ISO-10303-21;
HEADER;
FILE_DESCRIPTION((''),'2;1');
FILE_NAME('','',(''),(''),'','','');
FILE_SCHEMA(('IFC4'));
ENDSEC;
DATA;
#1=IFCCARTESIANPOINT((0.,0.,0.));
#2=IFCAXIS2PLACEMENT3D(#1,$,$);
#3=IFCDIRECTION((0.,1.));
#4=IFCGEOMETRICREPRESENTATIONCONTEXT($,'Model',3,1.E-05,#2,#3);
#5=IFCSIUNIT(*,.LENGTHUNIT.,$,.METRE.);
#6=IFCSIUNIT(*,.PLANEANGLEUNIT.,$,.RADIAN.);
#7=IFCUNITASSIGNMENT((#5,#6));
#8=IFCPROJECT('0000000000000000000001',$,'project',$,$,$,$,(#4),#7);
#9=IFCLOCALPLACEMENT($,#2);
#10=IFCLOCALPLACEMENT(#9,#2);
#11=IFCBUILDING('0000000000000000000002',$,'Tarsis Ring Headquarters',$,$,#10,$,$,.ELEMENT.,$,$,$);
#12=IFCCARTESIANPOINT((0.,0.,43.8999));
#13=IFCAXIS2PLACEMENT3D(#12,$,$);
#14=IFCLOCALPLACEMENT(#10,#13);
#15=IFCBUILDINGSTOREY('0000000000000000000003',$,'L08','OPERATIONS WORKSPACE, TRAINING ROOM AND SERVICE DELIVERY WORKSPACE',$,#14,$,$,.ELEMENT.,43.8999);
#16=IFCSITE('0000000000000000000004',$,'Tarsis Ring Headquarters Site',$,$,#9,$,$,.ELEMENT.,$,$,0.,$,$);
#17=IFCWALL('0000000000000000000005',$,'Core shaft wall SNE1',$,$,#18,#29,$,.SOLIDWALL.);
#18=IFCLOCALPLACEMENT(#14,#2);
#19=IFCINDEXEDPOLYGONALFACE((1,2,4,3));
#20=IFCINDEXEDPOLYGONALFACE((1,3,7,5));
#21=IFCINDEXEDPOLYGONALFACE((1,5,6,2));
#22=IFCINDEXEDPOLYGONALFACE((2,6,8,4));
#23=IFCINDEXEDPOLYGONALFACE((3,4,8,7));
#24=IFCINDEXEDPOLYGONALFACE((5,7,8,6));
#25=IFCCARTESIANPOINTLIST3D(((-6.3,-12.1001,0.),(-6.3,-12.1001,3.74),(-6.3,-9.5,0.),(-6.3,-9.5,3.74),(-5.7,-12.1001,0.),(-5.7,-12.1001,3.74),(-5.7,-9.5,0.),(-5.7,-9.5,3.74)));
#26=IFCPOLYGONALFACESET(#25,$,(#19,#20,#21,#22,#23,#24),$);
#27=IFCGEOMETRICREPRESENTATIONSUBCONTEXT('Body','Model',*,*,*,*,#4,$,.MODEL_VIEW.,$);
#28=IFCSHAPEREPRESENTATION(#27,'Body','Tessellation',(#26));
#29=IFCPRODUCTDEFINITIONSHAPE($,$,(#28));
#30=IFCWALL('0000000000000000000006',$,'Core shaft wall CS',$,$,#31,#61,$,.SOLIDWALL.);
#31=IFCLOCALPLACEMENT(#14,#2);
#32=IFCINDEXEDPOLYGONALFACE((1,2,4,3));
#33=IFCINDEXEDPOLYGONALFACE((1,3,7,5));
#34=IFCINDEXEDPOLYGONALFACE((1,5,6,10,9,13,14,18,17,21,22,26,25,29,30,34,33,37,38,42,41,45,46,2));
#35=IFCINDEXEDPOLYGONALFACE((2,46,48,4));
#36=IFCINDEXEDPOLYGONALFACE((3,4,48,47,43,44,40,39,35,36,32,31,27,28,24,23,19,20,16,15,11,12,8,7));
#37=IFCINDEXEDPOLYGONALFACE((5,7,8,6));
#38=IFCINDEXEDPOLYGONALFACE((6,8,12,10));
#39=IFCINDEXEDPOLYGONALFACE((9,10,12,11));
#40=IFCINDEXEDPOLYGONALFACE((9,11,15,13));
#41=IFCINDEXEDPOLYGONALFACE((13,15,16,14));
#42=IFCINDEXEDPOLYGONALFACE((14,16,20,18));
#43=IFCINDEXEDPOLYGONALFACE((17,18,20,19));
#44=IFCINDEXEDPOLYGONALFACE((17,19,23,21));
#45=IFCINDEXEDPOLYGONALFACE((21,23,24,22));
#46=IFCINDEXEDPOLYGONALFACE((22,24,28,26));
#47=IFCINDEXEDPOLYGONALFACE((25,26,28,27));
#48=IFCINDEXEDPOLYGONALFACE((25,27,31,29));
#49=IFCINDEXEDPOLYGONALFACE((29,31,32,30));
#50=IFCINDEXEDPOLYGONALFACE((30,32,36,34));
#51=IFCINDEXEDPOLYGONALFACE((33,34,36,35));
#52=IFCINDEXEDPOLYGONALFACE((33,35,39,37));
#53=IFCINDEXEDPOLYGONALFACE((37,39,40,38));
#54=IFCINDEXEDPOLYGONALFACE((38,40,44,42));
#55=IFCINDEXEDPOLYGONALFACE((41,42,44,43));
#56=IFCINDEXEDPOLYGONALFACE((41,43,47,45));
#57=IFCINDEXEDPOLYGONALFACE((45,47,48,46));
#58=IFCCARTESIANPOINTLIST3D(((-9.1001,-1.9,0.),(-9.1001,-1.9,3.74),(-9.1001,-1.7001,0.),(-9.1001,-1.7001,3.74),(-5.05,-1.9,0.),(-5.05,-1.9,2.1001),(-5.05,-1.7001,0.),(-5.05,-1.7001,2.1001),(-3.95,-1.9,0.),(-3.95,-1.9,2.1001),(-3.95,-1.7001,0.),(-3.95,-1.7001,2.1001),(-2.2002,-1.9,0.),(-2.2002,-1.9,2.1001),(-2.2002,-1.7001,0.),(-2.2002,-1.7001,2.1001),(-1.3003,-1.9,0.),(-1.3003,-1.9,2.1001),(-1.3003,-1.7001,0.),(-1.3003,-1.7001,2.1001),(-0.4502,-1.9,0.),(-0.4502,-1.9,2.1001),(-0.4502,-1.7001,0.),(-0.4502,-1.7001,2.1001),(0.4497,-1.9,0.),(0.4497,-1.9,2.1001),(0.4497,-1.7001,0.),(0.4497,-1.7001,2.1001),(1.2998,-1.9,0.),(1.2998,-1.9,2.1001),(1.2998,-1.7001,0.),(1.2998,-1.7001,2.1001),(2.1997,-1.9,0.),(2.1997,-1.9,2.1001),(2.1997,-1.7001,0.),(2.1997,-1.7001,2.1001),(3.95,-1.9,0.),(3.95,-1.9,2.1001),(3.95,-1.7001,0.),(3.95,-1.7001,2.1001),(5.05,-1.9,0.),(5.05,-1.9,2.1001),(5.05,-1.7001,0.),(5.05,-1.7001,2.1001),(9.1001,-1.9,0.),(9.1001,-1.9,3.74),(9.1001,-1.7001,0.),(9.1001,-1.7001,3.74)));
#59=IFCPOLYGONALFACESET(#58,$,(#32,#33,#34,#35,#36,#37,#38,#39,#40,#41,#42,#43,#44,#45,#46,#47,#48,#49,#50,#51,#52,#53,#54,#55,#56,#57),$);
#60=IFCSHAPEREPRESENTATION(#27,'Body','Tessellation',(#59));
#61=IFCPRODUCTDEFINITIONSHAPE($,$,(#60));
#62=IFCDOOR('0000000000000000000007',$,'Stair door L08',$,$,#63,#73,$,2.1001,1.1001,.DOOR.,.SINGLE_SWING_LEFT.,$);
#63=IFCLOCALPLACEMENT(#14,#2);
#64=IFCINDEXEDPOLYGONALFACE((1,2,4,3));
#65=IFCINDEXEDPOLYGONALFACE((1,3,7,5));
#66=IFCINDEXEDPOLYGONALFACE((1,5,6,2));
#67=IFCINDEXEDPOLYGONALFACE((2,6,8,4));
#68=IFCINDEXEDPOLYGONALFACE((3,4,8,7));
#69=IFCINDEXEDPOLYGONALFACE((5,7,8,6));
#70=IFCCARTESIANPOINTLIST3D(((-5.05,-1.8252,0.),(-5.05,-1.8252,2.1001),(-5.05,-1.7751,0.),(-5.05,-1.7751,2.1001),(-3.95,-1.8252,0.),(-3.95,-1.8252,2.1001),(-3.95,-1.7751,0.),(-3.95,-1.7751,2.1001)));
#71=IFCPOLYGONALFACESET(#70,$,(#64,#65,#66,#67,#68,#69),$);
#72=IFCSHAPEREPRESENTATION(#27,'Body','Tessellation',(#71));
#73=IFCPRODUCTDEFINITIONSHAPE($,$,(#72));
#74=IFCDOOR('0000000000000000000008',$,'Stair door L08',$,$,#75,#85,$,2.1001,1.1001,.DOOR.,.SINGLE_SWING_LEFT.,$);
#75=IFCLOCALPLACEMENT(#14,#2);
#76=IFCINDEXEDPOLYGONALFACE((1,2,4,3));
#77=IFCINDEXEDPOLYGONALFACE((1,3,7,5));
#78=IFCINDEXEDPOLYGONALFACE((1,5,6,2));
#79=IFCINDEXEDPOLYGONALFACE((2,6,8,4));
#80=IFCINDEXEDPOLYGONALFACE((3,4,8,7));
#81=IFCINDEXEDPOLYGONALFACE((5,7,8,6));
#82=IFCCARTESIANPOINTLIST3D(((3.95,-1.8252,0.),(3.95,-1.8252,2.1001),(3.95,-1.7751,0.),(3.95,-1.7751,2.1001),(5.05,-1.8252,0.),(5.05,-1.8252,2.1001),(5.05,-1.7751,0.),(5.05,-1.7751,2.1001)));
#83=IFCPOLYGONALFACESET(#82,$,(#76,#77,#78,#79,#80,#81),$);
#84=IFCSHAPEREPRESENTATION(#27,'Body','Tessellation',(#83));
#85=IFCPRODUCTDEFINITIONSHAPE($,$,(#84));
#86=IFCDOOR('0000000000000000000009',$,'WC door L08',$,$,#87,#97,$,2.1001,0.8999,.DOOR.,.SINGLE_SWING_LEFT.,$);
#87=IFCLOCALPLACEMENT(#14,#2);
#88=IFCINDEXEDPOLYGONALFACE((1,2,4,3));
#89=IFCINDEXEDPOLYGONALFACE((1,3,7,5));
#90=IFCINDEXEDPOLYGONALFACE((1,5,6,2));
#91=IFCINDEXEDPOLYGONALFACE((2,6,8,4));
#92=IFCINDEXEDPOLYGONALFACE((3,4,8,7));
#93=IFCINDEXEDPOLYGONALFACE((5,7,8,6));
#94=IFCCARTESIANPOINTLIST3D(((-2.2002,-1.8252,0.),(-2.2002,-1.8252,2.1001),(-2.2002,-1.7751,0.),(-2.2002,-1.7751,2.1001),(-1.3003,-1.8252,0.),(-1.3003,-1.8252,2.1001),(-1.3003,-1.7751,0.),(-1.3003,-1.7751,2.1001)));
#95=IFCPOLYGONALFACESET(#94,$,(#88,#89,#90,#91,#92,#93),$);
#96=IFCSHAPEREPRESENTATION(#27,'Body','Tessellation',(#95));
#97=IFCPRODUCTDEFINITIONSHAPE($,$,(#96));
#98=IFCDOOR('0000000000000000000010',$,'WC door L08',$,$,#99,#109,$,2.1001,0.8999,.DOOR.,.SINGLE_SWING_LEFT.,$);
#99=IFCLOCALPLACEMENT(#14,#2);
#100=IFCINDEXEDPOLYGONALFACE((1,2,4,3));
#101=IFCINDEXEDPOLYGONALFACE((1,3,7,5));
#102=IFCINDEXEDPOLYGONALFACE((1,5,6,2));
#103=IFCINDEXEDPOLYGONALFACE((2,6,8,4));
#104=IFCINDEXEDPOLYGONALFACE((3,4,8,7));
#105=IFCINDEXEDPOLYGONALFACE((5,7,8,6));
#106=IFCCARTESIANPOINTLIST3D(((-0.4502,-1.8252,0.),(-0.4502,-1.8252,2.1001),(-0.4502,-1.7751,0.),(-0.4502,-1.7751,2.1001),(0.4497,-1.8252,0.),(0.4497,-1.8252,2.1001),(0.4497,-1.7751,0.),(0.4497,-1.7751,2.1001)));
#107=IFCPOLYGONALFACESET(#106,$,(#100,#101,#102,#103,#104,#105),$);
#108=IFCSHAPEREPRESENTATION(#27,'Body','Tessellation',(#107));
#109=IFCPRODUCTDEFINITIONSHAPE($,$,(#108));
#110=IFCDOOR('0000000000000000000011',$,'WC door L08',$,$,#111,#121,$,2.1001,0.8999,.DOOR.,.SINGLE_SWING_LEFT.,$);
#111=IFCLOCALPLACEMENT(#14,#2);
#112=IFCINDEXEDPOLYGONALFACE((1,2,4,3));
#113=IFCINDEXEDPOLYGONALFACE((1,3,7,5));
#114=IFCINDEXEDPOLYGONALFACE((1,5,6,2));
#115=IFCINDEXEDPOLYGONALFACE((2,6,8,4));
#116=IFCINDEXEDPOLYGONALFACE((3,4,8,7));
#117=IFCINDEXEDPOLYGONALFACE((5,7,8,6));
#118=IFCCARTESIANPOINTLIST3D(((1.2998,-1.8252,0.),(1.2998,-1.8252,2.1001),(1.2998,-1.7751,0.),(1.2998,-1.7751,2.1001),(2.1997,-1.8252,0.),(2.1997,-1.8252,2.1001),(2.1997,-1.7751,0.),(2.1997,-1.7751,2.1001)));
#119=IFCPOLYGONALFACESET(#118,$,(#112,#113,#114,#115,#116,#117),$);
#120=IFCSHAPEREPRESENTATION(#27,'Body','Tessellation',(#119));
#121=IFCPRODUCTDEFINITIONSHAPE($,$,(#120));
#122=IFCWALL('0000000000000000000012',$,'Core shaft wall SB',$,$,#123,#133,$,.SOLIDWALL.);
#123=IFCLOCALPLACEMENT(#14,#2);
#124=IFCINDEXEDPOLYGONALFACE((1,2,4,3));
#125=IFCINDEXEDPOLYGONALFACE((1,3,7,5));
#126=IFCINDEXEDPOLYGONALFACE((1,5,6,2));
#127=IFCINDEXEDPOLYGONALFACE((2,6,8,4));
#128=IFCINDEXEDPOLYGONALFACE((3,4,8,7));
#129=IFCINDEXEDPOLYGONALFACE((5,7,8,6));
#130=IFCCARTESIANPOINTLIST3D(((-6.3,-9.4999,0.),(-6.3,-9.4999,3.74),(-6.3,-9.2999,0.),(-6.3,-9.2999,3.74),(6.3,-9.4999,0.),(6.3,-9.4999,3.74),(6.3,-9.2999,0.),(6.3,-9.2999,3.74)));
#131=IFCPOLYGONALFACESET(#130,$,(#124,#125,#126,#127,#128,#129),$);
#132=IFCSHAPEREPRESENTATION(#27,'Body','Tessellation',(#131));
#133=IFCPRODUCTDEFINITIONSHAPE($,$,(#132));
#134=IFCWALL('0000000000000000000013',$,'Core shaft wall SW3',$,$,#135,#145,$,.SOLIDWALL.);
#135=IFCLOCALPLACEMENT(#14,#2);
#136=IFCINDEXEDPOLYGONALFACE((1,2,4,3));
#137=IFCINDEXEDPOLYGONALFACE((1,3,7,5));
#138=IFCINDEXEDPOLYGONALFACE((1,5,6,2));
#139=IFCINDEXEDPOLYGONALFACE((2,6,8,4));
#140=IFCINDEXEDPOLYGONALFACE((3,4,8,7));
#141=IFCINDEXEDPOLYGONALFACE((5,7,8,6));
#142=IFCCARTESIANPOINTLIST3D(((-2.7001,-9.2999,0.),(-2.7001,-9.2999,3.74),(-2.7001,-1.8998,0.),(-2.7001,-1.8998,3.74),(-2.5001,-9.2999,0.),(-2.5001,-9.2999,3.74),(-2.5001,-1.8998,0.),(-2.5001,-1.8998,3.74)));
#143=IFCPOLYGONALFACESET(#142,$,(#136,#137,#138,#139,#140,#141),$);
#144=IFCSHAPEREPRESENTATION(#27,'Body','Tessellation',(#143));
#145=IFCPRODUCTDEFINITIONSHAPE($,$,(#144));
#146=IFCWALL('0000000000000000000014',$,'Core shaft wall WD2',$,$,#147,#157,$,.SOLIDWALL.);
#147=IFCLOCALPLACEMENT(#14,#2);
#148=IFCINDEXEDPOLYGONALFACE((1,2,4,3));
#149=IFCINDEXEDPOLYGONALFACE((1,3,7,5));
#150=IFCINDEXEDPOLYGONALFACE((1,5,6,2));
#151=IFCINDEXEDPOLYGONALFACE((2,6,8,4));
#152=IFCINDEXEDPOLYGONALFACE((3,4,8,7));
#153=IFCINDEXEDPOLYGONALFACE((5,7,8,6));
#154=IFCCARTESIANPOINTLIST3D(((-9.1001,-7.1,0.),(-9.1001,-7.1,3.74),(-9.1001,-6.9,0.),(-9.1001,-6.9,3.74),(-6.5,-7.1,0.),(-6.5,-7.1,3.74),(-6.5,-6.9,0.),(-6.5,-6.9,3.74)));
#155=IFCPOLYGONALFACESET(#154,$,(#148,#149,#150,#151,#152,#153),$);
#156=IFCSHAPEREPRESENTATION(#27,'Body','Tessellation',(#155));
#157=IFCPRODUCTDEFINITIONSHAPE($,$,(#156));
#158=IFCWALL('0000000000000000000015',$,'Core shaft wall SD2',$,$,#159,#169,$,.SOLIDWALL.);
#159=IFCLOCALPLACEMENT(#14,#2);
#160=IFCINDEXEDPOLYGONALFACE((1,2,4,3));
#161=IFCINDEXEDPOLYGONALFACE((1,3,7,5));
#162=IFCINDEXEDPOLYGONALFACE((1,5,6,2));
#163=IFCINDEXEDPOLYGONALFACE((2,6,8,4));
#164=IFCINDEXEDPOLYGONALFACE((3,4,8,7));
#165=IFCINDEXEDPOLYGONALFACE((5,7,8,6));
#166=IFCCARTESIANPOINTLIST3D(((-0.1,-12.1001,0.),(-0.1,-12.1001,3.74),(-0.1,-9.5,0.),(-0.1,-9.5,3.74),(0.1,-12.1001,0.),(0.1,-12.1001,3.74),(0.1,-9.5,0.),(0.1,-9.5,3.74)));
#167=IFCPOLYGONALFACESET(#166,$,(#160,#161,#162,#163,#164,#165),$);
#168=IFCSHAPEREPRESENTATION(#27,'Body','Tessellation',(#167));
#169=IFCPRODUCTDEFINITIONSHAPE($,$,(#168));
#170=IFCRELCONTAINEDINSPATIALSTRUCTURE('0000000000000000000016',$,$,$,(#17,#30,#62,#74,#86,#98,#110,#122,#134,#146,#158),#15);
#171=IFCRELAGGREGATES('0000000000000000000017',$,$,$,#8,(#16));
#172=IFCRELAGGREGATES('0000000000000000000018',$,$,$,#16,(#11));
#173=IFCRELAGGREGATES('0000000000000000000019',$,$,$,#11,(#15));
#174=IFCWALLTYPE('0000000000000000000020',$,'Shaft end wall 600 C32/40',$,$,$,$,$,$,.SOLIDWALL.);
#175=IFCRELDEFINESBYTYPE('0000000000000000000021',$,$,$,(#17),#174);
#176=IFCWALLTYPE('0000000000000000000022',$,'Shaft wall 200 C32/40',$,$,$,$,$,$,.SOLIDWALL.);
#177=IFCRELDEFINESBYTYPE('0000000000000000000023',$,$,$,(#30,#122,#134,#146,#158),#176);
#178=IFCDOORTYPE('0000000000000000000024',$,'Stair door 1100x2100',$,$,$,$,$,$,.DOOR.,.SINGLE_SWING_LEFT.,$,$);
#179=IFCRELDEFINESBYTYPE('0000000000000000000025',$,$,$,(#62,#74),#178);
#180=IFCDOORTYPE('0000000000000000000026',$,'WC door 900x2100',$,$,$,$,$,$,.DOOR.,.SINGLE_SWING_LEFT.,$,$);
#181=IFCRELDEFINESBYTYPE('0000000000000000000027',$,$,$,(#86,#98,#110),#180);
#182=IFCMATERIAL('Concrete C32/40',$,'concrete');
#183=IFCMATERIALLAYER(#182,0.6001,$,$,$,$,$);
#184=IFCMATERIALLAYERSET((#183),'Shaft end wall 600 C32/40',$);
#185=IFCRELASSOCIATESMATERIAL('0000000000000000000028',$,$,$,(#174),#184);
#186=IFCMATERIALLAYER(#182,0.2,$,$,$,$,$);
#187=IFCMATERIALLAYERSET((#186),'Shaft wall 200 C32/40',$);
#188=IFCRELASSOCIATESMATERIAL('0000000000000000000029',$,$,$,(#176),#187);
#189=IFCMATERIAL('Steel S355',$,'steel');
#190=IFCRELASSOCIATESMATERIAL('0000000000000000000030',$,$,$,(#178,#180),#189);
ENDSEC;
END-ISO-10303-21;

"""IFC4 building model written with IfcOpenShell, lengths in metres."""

from ifc_helpers import new_model, si_unit, direction, frame, frame_2d, origin, place, context, subcontext, project, spatial, rectangle, extrude, material, layer, layer_set, type_object, element, fill, save


model = new_model("IFC4")

# Units and contexts
model_context = context("Model", 3, precision=1e-05, world=origin(), true_north=direction((0.0, 1.0)))
body_context = subcontext(model_context, "Body", "Model", "MODEL_VIEW")
ifc_project = project(units=[si_unit("LENGTHUNIT", "METRE"), si_unit("PLANEANGLEUNIT", "RADIAN")], contexts=[model_context])

# Site, building, storey
site_placement = place(None, origin())
site = spatial("IfcSite", under=ifc_project, at=site_placement, Name="Tarsis Ring Headquarters Site", CompositionType="ELEMENT", RefElevation=0.0)
building_placement = place(site_placement, origin())
building = spatial("IfcBuilding", under=site, at=building_placement, Name="Tarsis Ring Headquarters", CompositionType="ELEMENT")
storey_placement = place(building_placement, frame((0.0, 0.0, 43.8999)))
storey = spatial("IfcBuildingStorey", under=building, at=storey_placement, Name="L08", Description="OPERATIONS WORKSPACE, TRAINING ROOM AND SERVICE DELIVERY WORKSPACE", CompositionType="ELEMENT", Elevation=43.8999)

# Wall
ifc_material_1 = material(Name="Concrete C32/40", Category="concrete")
ifc_layer_1 = layer(ifc_material_1, 0.6001)
ifc_layer_set_1 = layer_set([ifc_layer_1], Name="Shaft end wall 600 C32/40")
wall_type_1 = type_object("IfcWallType", Name="Shaft end wall 600 C32/40", PredefinedType="SOLIDWALL", material=ifc_layer_set_1)
wall_1_placement = place(storey_placement, frame((-6.0, -12.1001, 0.0), z_axis=(0.0, 0.0, 1.0), x_axis=(0.0, 1.0, 0.0)))
element("IfcWall", 1, at=wall_1_placement, inside=storey, type_object=wall_type_1, Name="Core shaft wall SNE1", PredefinedType="SOLIDWALL", context=body_context, shape_type="SweptSolid", body=[
    extrude(rectangle(XDim=2.6001, YDim=0.6001, at=frame_2d((1.3, 0.0))), origin(), (0.0, 0.0, 1.0), 3.74),
])

# Wall, openings, doors
ifc_layer_2 = layer(ifc_material_1, 0.2)
ifc_layer_set_2 = layer_set([ifc_layer_2], Name="Shaft wall 200 C32/40")
wall_type_2 = type_object("IfcWallType", Name="Shaft wall 200 C32/40", PredefinedType="SOLIDWALL", material=ifc_layer_set_2)
wall_2_placement = place(storey_placement, frame((-9.1001, -1.8, 0.0), z_axis=(0.0, 0.0, 1.0), x_axis=(1.0, 0.0, 0.0)))
wall_2 = element("IfcWall", 2, at=wall_2_placement, inside=storey, type_object=wall_type_2, Name="Core shaft wall CS", PredefinedType="SOLIDWALL", context=body_context, shape_type="SweptSolid", body=[
    extrude(rectangle(XDim=18.2002, YDim=0.2, at=frame_2d((9.1001, 0.0))), origin(), (0.0, 0.0, 1.0), 3.74),
])
opening_1_placement = place(wall_2_placement, frame((4.05, 0.0, 0.0)))
opening_1 = element("IfcOpeningElement", 3, at=opening_1_placement, cuts=wall_2, PredefinedType="OPENING", context=body_context, shape_type="SweptSolid", body=[
    extrude(rectangle(XDim=1.1001, YDim=2.1001, at=frame_2d((0.55, 1.05))), frame((0.0, 0.1099, 0.0), z_axis=(0.0, -1.0, 0.0), x_axis=(1.0, 0.0, 0.0)), (0.0, 0.0, 1.0), 0.22),
])
opening_2_placement = place(wall_2_placement, frame((6.8999, 0.0, 0.0)))
opening_2 = element("IfcOpeningElement", 4, at=opening_2_placement, cuts=wall_2, PredefinedType="OPENING", context=body_context, shape_type="SweptSolid", body=[
    extrude(rectangle(XDim=0.8999, YDim=2.1001, at=frame_2d((0.45, 1.05))), frame((0.0, 0.1099, 0.0), z_axis=(0.0, -1.0, 0.0), x_axis=(1.0, 0.0, 0.0)), (0.0, 0.0, 1.0), 0.22),
])
opening_3_placement = place(wall_2_placement, frame((8.6499, 0.0, 0.0)))
opening_3 = element("IfcOpeningElement", 5, at=opening_3_placement, cuts=wall_2, PredefinedType="OPENING", context=body_context, shape_type="SweptSolid", body=[
    extrude(rectangle(XDim=0.8999, YDim=2.1001, at=frame_2d((0.45, 1.05))), frame((0.0, 0.1099, 0.0), z_axis=(0.0, -1.0, 0.0), x_axis=(1.0, 0.0, 0.0)), (0.0, 0.0, 1.0), 0.22),
])
opening_4_placement = place(wall_2_placement, frame((10.3999, 0.0, 0.0)))
opening_4 = element("IfcOpeningElement", 6, at=opening_4_placement, cuts=wall_2, PredefinedType="OPENING", context=body_context, shape_type="SweptSolid", body=[
    extrude(rectangle(XDim=0.8999, YDim=2.1001, at=frame_2d((0.45, 1.05))), frame((0.0, 0.1099, 0.0), z_axis=(0.0, -1.0, 0.0), x_axis=(1.0, 0.0, 0.0)), (0.0, 0.0, 1.0), 0.22),
])
opening_5_placement = place(wall_2_placement, frame((13.05, 0.0, 0.0)))
opening_5 = element("IfcOpeningElement", 7, at=opening_5_placement, cuts=wall_2, PredefinedType="OPENING", context=body_context, shape_type="SweptSolid", body=[
    extrude(rectangle(XDim=1.1001, YDim=2.1001, at=frame_2d((0.55, 1.05))), frame((0.0, 0.1099, 0.0), z_axis=(0.0, -1.0, 0.0), x_axis=(1.0, 0.0, 0.0)), (0.0, 0.0, 1.0), 0.22),
])
ifc_material_2 = material(Name="Steel S355", Category="steel")
door_type_1 = type_object("IfcDoorType", Name="Stair door 1100x2100", OperationType="SINGLE_SWING_LEFT", PredefinedType="DOOR", material=ifc_material_2)
door_1_placement = place(opening_1_placement, origin())
door_1 = element("IfcDoor", 8, at=door_1_placement, inside=storey, type_object=door_type_1, Name="Stair door L08", OperationType="SINGLE_SWING_LEFT", OverallHeight=2.1001, OverallWidth=1.1001, PredefinedType="DOOR", context=body_context, shape_type="SweptSolid", body=[
    extrude(rectangle(XDim=1.1001, YDim=2.1001, at=frame_2d((0.55, 1.05))), frame((0.0, 0.0249, 0.0), z_axis=(0.0, -1.0, 0.0), x_axis=(1.0, 0.0, 0.0)), (0.0, 0.0, 1.0), 0.05),
])
fill(opening_1, door_1)
door_2_placement = place(opening_5_placement, origin())
door_2 = element("IfcDoor", 9, at=door_2_placement, inside=storey, type_object=door_type_1, Name="Stair door L08", OperationType="SINGLE_SWING_LEFT", OverallHeight=2.1001, OverallWidth=1.1001, PredefinedType="DOOR", context=body_context, shape_type="SweptSolid", body=[
    extrude(rectangle(XDim=1.1001, YDim=2.1001, at=frame_2d((0.55, 1.05))), frame((0.0, 0.0249, 0.0), z_axis=(0.0, -1.0, 0.0), x_axis=(1.0, 0.0, 0.0)), (0.0, 0.0, 1.0), 0.05),
])
fill(opening_5, door_2)
door_type_2 = type_object("IfcDoorType", Name="WC door 900x2100", OperationType="SINGLE_SWING_LEFT", PredefinedType="DOOR", material=ifc_material_2)
door_3_placement = place(opening_2_placement, origin())
door_3 = element("IfcDoor", 10, at=door_3_placement, inside=storey, type_object=door_type_2, Name="WC door L08", OperationType="SINGLE_SWING_LEFT", OverallHeight=2.1001, OverallWidth=0.8999, PredefinedType="DOOR", context=body_context, shape_type="SweptSolid", body=[
    extrude(rectangle(XDim=0.8999, YDim=2.1001, at=frame_2d((0.45, 1.05))), frame((0.0, 0.0249, 0.0), z_axis=(0.0, -1.0, 0.0), x_axis=(1.0, 0.0, 0.0)), (0.0, 0.0, 1.0), 0.05),
])
fill(opening_2, door_3)
door_4_placement = place(opening_3_placement, origin())
door_4 = element("IfcDoor", 11, at=door_4_placement, inside=storey, type_object=door_type_2, Name="WC door L08", OperationType="SINGLE_SWING_LEFT", OverallHeight=2.1001, OverallWidth=0.8999, PredefinedType="DOOR", context=body_context, shape_type="SweptSolid", body=[
    extrude(rectangle(XDim=0.8999, YDim=2.1001, at=frame_2d((0.45, 1.05))), frame((0.0, 0.0249, 0.0), z_axis=(0.0, -1.0, 0.0), x_axis=(1.0, 0.0, 0.0)), (0.0, 0.0, 1.0), 0.05),
])
fill(opening_3, door_4)
door_5_placement = place(opening_4_placement, origin())
door_5 = element("IfcDoor", 12, at=door_5_placement, inside=storey, type_object=door_type_2, Name="WC door L08", OperationType="SINGLE_SWING_LEFT", OverallHeight=2.1001, OverallWidth=0.8999, PredefinedType="DOOR", context=body_context, shape_type="SweptSolid", body=[
    extrude(rectangle(XDim=0.8999, YDim=2.1001, at=frame_2d((0.45, 1.05))), frame((0.0, 0.0249, 0.0), z_axis=(0.0, -1.0, 0.0), x_axis=(1.0, 0.0, 0.0)), (0.0, 0.0, 1.0), 0.05),
])
fill(opening_4, door_5)

# Walls
wall_3_placement = place(storey_placement, frame((-6.3, -9.3999, 0.0), z_axis=(0.0, 0.0, 1.0), x_axis=(1.0, 0.0, 0.0)))
element("IfcWall", 13, at=wall_3_placement, inside=storey, type_object=wall_type_2, Name="Core shaft wall SB", PredefinedType="SOLIDWALL", context=body_context, shape_type="SweptSolid", body=[
    extrude(rectangle(XDim=12.6001, YDim=0.2, at=frame_2d((6.3, 0.0))), origin(), (0.0, 0.0, 1.0), 3.74),
])
wall_4_placement = place(storey_placement, frame((-2.6001, -9.3, 0.0), z_axis=(0.0, 0.0, 1.0), x_axis=(0.0, 1.0, 0.0)))
element("IfcWall", 14, at=wall_4_placement, inside=storey, type_object=wall_type_2, Name="Core shaft wall SW3", PredefinedType="SOLIDWALL", context=body_context, shape_type="SweptSolid", body=[
    extrude(rectangle(XDim=7.4001, YDim=0.2, at=frame_2d((3.7002, 0.0))), origin(), (0.0, 0.0, 1.0), 3.74),
])
for number, where, z_axis, x_axis, name in (
    (15, (-9.1001, -7.0, 0.0), (0.0, 0.0, 1.0), (1.0, 0.0, 0.0), "Core shaft wall WD2"),
    (16, (0.0, -12.1001, 0.0), (0.0, 0.0, 1.0), (0.0, 1.0, 0.0), "Core shaft wall SD2"),
):
    element("IfcWall", number, at=place(storey_placement, frame(where, z_axis=z_axis, x_axis=x_axis)), inside=storey, type_object=wall_type_2, Name=name, PredefinedType="SOLIDWALL", context=body_context, shape_type="SweptSolid", body=[
        extrude(rectangle(XDim=2.6001, YDim=0.2, at=frame_2d((1.3, 0.0))), origin(), (0.0, 0.0, 1.0), 3.74),
    ])

save(model, "model.ifc")
